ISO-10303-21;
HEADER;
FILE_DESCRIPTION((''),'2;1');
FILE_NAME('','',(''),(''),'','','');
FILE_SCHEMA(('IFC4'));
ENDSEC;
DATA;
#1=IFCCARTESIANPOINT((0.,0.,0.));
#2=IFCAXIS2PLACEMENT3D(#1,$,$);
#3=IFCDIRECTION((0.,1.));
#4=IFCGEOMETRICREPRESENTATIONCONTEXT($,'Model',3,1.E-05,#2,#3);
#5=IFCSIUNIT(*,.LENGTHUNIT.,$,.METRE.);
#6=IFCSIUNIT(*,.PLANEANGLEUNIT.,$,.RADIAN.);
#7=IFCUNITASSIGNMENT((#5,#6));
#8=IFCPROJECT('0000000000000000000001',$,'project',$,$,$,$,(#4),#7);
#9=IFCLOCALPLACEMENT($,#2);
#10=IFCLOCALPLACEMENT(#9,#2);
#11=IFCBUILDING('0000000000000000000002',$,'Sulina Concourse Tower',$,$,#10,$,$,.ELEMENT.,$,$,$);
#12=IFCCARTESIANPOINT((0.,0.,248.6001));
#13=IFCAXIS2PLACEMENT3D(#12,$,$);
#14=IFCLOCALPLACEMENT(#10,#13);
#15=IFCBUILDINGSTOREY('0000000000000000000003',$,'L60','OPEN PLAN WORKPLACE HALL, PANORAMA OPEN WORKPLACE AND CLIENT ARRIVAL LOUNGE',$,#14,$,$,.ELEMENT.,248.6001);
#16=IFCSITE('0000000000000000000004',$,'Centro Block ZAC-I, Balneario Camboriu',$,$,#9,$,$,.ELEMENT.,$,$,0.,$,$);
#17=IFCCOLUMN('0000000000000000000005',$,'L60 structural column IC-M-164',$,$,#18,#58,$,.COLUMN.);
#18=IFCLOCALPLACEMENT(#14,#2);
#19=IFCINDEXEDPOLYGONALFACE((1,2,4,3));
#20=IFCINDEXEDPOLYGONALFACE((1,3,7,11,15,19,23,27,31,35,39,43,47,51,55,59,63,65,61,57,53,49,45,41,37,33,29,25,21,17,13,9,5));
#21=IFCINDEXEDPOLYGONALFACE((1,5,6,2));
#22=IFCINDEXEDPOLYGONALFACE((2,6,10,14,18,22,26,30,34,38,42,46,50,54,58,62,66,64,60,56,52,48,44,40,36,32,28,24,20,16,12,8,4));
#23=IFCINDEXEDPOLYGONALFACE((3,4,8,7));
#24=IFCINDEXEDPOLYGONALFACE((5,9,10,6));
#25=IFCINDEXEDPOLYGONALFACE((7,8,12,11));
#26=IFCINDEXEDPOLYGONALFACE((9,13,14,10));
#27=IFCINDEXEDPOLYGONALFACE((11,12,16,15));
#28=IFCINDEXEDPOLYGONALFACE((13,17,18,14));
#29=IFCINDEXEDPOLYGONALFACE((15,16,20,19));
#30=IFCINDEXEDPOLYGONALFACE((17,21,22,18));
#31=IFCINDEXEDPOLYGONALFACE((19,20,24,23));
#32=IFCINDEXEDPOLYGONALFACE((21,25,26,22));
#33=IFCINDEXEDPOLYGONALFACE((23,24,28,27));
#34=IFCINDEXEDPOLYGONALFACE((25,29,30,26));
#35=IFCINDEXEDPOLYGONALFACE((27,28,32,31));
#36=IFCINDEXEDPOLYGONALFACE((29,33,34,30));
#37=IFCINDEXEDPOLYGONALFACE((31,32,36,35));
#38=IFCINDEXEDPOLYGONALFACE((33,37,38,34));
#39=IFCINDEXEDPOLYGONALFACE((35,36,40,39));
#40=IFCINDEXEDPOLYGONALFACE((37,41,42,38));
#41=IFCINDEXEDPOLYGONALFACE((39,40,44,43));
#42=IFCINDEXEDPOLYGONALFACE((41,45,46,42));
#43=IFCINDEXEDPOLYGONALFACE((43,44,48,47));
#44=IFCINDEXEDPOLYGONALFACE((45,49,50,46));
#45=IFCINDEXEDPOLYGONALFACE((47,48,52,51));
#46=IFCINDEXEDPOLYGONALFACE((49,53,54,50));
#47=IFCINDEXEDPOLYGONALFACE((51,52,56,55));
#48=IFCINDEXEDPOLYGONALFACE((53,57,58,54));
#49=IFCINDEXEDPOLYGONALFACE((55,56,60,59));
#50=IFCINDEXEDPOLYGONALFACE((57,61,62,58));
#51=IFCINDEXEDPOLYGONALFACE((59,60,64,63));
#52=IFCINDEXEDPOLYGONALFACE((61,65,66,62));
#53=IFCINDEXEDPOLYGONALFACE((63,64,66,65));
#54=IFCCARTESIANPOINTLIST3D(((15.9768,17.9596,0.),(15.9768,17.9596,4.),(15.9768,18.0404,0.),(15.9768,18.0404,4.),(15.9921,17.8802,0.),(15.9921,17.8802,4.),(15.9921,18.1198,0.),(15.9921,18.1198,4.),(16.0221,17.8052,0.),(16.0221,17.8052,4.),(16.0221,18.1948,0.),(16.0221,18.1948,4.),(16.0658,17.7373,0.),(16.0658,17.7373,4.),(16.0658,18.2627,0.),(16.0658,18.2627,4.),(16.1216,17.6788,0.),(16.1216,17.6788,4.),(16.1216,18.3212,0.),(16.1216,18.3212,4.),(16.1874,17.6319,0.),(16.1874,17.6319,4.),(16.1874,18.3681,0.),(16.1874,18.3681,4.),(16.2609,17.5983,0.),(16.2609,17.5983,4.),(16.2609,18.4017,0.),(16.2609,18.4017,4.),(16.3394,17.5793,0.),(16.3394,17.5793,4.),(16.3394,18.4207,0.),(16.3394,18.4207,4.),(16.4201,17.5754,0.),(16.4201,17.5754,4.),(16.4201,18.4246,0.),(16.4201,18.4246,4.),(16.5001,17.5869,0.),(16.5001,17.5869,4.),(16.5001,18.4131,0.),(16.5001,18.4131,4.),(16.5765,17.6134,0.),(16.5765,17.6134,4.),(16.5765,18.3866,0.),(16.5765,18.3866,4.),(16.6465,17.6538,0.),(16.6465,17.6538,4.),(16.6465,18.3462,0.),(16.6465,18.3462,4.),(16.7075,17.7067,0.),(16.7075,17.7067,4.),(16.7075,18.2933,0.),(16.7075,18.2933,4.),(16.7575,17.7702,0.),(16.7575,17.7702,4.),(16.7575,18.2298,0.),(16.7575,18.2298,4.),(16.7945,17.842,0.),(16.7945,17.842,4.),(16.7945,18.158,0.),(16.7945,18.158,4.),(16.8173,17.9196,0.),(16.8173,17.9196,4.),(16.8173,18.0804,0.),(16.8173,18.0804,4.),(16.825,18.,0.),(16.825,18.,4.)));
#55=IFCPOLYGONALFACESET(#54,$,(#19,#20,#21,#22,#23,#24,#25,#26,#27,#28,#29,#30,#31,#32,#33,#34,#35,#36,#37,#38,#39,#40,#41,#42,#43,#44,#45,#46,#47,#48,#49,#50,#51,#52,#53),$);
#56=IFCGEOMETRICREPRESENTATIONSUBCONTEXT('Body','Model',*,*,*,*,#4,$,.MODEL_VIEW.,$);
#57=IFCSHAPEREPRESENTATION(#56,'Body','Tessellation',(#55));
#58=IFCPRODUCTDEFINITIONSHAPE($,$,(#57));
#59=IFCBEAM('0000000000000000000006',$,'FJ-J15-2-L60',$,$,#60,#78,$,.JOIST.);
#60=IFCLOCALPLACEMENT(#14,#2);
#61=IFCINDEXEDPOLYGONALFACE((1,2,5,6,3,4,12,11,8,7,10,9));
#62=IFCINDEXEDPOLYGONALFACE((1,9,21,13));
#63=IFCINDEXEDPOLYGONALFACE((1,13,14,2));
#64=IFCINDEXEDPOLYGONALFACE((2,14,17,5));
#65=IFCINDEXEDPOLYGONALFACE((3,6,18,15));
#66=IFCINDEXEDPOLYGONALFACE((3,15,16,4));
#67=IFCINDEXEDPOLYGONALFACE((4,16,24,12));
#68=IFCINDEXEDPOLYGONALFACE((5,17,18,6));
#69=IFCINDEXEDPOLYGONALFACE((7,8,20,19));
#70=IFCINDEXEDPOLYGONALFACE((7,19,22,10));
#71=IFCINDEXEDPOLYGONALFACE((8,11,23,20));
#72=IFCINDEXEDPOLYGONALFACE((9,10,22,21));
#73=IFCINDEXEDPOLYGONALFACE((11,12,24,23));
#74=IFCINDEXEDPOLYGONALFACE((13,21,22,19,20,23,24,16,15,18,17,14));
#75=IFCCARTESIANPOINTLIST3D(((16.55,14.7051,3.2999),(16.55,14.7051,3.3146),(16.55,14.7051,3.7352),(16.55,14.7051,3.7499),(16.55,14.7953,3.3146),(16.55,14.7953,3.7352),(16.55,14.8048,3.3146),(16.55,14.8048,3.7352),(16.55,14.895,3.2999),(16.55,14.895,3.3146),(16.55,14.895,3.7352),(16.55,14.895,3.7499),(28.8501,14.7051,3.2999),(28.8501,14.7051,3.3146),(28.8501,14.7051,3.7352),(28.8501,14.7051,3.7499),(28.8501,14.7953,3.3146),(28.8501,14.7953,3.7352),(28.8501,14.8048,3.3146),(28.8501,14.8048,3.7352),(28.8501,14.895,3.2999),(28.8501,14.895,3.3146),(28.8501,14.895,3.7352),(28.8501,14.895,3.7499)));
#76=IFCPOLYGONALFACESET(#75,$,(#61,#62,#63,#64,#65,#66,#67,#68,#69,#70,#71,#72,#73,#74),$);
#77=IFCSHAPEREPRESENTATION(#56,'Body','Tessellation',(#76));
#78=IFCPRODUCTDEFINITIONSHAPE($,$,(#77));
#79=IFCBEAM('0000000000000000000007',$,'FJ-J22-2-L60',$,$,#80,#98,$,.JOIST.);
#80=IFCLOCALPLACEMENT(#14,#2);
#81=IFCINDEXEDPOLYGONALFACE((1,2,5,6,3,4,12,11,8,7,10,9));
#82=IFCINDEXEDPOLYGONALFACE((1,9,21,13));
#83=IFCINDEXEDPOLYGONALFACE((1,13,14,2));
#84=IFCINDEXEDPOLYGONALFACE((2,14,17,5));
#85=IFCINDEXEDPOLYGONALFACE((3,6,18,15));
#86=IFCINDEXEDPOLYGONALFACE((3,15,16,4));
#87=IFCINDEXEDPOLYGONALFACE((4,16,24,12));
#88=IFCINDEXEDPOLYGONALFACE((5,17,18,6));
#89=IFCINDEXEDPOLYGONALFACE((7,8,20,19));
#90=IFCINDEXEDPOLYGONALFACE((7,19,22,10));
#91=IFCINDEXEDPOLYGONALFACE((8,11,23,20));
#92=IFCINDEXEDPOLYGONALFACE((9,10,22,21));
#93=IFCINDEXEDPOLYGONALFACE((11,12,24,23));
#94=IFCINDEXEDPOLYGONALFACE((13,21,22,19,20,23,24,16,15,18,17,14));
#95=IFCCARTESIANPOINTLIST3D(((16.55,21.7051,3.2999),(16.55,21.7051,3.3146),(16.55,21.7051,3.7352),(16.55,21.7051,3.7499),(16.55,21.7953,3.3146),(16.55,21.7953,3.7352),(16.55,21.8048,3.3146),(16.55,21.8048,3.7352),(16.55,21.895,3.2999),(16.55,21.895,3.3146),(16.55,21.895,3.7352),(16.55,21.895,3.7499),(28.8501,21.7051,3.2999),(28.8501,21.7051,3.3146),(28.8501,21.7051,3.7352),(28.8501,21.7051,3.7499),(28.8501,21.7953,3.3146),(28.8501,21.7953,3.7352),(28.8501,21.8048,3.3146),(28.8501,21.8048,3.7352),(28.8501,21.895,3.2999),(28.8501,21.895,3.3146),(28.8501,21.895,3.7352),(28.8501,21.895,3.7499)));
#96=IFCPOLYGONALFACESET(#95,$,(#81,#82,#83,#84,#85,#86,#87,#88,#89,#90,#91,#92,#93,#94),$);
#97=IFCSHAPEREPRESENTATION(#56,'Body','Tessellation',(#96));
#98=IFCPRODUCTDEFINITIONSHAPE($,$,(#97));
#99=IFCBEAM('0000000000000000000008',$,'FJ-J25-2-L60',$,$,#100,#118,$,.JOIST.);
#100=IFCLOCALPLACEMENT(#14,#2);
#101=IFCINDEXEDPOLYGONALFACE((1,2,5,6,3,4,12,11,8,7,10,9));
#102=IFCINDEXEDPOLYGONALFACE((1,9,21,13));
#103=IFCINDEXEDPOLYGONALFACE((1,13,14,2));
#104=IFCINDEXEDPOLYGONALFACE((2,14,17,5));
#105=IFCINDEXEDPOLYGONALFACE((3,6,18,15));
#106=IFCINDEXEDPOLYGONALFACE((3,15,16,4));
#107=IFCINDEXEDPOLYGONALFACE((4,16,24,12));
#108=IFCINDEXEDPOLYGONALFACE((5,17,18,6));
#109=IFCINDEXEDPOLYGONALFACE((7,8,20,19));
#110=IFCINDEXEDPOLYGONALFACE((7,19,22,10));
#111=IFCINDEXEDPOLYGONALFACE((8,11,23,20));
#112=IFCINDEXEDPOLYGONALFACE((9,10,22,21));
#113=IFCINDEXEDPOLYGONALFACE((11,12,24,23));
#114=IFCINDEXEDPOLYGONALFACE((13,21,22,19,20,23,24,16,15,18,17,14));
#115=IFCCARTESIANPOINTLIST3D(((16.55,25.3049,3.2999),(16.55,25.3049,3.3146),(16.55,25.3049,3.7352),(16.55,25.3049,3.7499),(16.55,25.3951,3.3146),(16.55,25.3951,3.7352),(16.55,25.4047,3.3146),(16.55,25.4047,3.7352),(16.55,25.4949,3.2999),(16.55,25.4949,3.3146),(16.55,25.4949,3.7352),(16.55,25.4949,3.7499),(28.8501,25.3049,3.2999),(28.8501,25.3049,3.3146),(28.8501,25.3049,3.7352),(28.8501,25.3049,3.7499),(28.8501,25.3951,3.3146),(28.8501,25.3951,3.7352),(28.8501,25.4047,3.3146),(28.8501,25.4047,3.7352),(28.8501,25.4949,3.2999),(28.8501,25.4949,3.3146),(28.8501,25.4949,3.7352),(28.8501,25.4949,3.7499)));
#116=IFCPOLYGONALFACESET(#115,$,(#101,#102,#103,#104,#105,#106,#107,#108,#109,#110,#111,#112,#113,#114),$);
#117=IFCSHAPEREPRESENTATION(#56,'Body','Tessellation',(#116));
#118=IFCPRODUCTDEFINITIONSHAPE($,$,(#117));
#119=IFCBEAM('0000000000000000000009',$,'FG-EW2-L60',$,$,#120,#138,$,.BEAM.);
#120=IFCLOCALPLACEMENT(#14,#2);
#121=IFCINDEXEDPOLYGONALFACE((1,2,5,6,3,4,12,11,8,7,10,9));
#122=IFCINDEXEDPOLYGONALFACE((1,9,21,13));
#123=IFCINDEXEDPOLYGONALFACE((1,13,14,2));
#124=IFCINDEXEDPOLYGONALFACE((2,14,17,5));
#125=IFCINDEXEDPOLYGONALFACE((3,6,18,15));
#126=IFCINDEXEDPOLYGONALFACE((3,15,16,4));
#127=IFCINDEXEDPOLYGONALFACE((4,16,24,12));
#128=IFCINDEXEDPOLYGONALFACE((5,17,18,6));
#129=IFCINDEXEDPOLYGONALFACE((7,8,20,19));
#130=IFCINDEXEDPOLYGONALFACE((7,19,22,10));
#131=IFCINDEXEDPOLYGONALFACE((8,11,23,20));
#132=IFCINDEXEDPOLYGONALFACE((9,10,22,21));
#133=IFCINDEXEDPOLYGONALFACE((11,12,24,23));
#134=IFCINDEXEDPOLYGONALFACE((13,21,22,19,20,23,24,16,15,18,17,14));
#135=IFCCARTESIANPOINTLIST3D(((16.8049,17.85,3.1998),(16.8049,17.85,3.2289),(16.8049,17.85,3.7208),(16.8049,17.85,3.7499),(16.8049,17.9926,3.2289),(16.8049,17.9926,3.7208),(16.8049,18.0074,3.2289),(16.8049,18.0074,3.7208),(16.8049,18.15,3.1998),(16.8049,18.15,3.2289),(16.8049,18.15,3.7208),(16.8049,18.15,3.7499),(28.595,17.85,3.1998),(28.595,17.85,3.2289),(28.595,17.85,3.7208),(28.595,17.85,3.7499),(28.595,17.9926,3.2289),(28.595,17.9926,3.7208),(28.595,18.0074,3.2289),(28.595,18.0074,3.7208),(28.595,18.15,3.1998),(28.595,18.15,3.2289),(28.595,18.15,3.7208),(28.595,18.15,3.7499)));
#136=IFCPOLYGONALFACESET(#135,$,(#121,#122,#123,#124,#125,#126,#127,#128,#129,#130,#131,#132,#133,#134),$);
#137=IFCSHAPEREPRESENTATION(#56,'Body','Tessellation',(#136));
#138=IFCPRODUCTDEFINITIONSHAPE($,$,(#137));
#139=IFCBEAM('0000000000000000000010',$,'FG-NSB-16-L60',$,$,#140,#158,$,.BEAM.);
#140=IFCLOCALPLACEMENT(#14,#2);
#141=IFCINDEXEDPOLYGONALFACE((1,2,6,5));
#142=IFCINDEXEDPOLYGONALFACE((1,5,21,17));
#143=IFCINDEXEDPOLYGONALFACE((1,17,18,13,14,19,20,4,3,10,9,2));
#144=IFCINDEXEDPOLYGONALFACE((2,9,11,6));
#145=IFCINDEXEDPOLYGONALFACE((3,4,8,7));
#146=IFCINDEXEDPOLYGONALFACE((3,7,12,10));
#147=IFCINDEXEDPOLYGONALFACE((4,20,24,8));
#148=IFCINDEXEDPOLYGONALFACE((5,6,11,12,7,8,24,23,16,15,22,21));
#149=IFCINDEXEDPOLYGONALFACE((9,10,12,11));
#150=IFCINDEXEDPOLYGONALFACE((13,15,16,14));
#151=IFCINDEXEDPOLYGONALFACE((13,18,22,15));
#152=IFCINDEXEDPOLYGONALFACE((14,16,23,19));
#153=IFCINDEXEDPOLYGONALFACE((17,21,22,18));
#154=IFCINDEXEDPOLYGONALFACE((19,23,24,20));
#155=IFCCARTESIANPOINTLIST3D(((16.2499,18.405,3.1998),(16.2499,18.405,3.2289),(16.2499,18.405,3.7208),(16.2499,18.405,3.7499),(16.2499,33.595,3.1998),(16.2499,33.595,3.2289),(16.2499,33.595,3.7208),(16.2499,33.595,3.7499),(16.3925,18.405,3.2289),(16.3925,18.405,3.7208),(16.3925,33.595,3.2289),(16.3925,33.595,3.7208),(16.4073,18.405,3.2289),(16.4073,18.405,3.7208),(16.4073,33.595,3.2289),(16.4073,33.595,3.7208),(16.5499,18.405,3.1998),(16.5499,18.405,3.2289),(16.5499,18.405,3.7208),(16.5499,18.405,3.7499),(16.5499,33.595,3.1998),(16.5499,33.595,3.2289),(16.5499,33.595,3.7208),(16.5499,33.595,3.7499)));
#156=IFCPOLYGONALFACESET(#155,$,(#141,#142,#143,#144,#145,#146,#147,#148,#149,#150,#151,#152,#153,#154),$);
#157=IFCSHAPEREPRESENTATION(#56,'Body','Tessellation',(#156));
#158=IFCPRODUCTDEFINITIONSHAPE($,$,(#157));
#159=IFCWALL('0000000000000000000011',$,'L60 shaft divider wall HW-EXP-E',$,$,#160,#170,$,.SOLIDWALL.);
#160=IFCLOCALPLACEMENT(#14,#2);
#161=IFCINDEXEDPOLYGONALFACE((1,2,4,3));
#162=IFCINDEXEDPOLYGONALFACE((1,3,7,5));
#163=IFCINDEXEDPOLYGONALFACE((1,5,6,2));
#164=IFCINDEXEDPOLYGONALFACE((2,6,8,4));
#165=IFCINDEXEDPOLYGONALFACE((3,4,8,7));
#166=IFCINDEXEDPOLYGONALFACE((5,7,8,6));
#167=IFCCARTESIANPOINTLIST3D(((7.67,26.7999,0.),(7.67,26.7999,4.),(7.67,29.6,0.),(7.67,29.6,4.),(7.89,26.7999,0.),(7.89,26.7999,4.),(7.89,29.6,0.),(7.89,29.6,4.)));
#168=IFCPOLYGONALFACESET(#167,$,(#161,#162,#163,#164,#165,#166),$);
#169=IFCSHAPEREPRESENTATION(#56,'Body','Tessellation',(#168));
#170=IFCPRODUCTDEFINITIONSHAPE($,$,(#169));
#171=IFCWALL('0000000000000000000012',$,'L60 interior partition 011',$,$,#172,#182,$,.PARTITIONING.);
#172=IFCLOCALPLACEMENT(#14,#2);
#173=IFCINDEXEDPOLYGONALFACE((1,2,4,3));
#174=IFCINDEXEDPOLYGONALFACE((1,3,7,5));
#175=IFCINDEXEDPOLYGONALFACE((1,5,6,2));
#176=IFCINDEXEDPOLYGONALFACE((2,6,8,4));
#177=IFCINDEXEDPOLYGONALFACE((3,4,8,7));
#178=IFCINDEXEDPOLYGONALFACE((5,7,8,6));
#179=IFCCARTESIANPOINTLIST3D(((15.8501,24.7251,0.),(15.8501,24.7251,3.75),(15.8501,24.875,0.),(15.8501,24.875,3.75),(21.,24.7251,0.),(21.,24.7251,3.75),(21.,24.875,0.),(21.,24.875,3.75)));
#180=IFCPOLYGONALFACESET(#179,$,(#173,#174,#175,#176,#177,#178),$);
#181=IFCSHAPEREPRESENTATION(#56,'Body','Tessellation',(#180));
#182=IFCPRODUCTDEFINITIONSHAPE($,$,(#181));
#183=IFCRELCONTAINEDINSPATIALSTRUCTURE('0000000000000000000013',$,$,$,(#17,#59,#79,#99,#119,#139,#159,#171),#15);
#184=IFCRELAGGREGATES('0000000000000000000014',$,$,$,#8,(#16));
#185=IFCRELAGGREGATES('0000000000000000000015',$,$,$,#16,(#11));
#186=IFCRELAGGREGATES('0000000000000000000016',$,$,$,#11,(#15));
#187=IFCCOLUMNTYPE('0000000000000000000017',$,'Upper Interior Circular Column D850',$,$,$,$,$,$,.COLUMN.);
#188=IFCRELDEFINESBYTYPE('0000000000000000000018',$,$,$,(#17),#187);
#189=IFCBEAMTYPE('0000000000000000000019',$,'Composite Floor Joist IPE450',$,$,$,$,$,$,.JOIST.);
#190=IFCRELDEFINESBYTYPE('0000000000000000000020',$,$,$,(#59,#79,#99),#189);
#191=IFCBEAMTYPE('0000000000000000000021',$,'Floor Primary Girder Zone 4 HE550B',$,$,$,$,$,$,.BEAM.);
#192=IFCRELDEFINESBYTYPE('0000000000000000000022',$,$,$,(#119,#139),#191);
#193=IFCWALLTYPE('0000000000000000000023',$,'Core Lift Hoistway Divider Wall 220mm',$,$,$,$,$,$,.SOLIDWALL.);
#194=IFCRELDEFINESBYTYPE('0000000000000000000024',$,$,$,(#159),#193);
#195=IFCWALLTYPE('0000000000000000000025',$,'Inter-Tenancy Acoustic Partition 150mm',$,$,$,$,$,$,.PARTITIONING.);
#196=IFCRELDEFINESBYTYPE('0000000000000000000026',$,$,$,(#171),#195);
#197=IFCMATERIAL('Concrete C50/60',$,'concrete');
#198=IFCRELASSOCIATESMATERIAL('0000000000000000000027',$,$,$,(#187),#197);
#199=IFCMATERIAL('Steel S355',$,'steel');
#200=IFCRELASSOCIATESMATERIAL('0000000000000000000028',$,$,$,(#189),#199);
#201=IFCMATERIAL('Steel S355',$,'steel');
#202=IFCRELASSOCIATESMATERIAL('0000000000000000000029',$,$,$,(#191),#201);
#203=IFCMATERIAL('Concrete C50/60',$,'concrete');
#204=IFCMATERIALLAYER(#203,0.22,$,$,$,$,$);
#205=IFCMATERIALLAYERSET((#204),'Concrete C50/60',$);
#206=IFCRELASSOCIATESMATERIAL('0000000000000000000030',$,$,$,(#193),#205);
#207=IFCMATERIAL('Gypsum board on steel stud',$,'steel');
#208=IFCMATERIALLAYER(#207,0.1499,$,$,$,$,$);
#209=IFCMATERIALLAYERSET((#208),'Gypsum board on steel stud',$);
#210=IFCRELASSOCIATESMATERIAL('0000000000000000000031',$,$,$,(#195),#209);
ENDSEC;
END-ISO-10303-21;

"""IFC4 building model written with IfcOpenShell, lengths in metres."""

from ifc_helpers import new_model, si_unit, direction, frame, frame_2d, origin, origin_2d, place, context, subcontext, project, spatial, rectangle, circle, i_section, extrude, material, layer, layer_set, material_profile, profile_set, type_object, element, save


model = new_model("IFC4")

# Units and contexts
model_context = context("Model", 3, precision=1e-05, world=origin(), true_north=direction((0.0, 1.0)))
body_context = subcontext(model_context, "Body", "Model", "MODEL_VIEW")
ifc_project = project(units=[si_unit("LENGTHUNIT", "METRE"), si_unit("PLANEANGLEUNIT", "RADIAN")], contexts=[model_context])

# Site, building, storey
site_placement = place(None, origin())
site = spatial("IfcSite", under=ifc_project, at=site_placement, Name="Centro Block ZAC-I, Balneario Camboriu", CompositionType="ELEMENT", RefElevation=0.0)
building_placement = place(site_placement, origin())
building = spatial("IfcBuilding", under=site, at=building_placement, Name="Sulina Concourse Tower", CompositionType="ELEMENT")
storey_placement = place(building_placement, frame((0.0, 0.0, 248.6001)))
storey = spatial("IfcBuildingStorey", under=building, at=storey_placement, Name="L60", Description="OPEN PLAN WORKPLACE HALL, PANORAMA OPEN WORKPLACE AND CLIENT ARRIVAL LOUNGE", CompositionType="ELEMENT", Elevation=248.6001)

# Column
ifc_material_1 = material(Name="Concrete C50/60", Category="concrete")
ifc_material_profile_1 = material_profile(ifc_material_1, circle(Radius=0.425, at=origin_2d()), Name="RC D850")
ifc_profile_set_1 = profile_set([ifc_material_profile_1], Name="Concrete C50/60")
column_type = type_object("IfcColumnType", Name="Upper Interior Circular Column D850", PredefinedType="COLUMN", material=ifc_profile_set_1)
column_placement = place(storey_placement, frame((16.3999, 18.0, 0.0), z_axis=(0.0, 0.0, 1.0), x_axis=(1.0, 0.0, 0.0)))
element("IfcColumn", 1, at=column_placement, inside=storey, type_object=column_type, Name="L60 structural column IC-M-164", PredefinedType="COLUMN", context=body_context, shape_type="SweptSolid", body=[
    extrude(circle(Radius=0.425, at=origin_2d()), origin(), (0.0, 0.0, 1.0), 4.0),
])

# Beams
ifc_material_2 = material(Name="Steel S355", Category="steel")
ifc_material_profile_2 = material_profile(ifc_material_2, i_section(OverallWidth=0.1899, OverallDepth=0.45, WebThickness=0.0095, FlangeThickness=0.0146, at=origin_2d()), Name="IPE 450")
ifc_profile_set_2 = profile_set([ifc_material_profile_2], Name="Steel S355")
beam_type_1 = type_object("IfcBeamType", Name="Composite Floor Joist IPE450", PredefinedType="JOIST", material=ifc_profile_set_2)
for number, where, z_axis, x_axis, name in (
    (2, (16.55, 14.8, 3.5249), (1.0, 0.0, 0.0), (0.0, 1.0, 0.0), "FJ-J15-2-L60"),
    (3, (16.55, 21.8, 3.5249), (1.0, 0.0, 0.0), (0.0, 1.0, 0.0), "FJ-J22-2-L60"),
    (4, (16.55, 25.3999, 3.5249), (1.0, 0.0, 0.0), (0.0, 1.0, 0.0), "FJ-J25-2-L60"),
):
    element("IfcBeam", number, at=place(storey_placement, frame(where, z_axis=z_axis, x_axis=x_axis)), inside=storey, type_object=beam_type_1, Name=name, PredefinedType="JOIST", context=body_context, shape_type="SweptSolid", body=[
        extrude(i_section(OverallWidth=0.1899, OverallDepth=0.45, WebThickness=0.0095, FlangeThickness=0.0146, at=origin_2d()), origin(), (0.0, 0.0, 1.0), 12.3),
    ])
ifc_material_3 = material(Name="Steel S355", Category="steel")
ifc_material_profile_3 = material_profile(ifc_material_3, i_section(OverallWidth=0.3, OverallDepth=0.55, WebThickness=0.0149, FlangeThickness=0.0291, at=origin_2d()), Name="HE 550 B")
ifc_profile_set_3 = profile_set([ifc_material_profile_3], Name="Steel S355")
beam_type_2 = type_object("IfcBeamType", Name="Floor Primary Girder Zone 4 HE550B", PredefinedType="BEAM", material=ifc_profile_set_3)
beam_1_placement = place(storey_placement, frame((16.8049, 18.0, 3.4749), z_axis=(1.0, 0.0, 0.0), x_axis=(0.0, 1.0, 0.0)))
element("IfcBeam", 5, at=beam_1_placement, inside=storey, type_object=beam_type_2, Name="FG-EW2-L60", PredefinedType="BEAM", context=body_context, shape_type="SweptSolid", body=[
    extrude(i_section(OverallWidth=0.3, OverallDepth=0.55, WebThickness=0.0149, FlangeThickness=0.0291, at=origin_2d()), origin(), (0.0, 0.0, 1.0), 11.79),
])
beam_2_placement = place(storey_placement, frame((16.3999, 18.405, 3.4749), z_axis=(0.0, 1.0, 0.0), x_axis=(-1.0, 0.0, 0.0)))
element("IfcBeam", 6, at=beam_2_placement, inside=storey, type_object=beam_type_2, Name="FG-NSB-16-L60", PredefinedType="BEAM", context=body_context, shape_type="SweptSolid", body=[
    extrude(i_section(OverallWidth=0.3, OverallDepth=0.55, WebThickness=0.0149, FlangeThickness=0.0291, at=origin_2d()), origin(), (0.0, 0.0, 1.0), 15.1899),
])

# Walls
ifc_material_4 = material(Name="Concrete C50/60", Category="concrete")
ifc_layer_1 = layer(ifc_material_4, 0.22)
ifc_layer_set_1 = layer_set([ifc_layer_1], Name="Concrete C50/60")
wall_type_1 = type_object("IfcWallType", Name="Core Lift Hoistway Divider Wall 220mm", PredefinedType="SOLIDWALL", material=ifc_layer_set_1)
wall_1_placement = place(storey_placement, frame((7.78, 26.8, 0.0), z_axis=(0.0, 0.0, 1.0), x_axis=(0.0, 1.0, 0.0)))
element("IfcWall", 7, at=wall_1_placement, inside=storey, type_object=wall_type_1, Name="L60 shaft divider wall HW-EXP-E", PredefinedType="SOLIDWALL", context=body_context, shape_type="SweptSolid", body=[
    extrude(rectangle(XDim=2.8, YDim=0.22, at=frame_2d((1.3999, 0.0))), origin(), (0.0, 0.0, 1.0), 4.0),
])
ifc_material_5 = material(Name="Gypsum board on steel stud", Category="steel")
ifc_layer_2 = layer(ifc_material_5, 0.1499)
ifc_layer_set_2 = layer_set([ifc_layer_2], Name="Gypsum board on steel stud")
wall_type_2 = type_object("IfcWallType", Name="Inter-Tenancy Acoustic Partition 150mm", PredefinedType="PARTITIONING", material=ifc_layer_set_2)
wall_2_placement = place(storey_placement, frame((15.8501, 24.8, 0.0), z_axis=(0.0, 0.0, 1.0), x_axis=(1.0, 0.0, 0.0)))
element("IfcWall", 8, at=wall_2_placement, inside=storey, type_object=wall_type_2, Name="L60 interior partition 011", PredefinedType="PARTITIONING", context=body_context, shape_type="SweptSolid", body=[
    extrude(rectangle(XDim=5.1499, YDim=0.1499, at=frame_2d((2.575, 0.0))), origin(), (0.0, 0.0, 1.0), 3.75),
])

save(model, "model.ifc")
